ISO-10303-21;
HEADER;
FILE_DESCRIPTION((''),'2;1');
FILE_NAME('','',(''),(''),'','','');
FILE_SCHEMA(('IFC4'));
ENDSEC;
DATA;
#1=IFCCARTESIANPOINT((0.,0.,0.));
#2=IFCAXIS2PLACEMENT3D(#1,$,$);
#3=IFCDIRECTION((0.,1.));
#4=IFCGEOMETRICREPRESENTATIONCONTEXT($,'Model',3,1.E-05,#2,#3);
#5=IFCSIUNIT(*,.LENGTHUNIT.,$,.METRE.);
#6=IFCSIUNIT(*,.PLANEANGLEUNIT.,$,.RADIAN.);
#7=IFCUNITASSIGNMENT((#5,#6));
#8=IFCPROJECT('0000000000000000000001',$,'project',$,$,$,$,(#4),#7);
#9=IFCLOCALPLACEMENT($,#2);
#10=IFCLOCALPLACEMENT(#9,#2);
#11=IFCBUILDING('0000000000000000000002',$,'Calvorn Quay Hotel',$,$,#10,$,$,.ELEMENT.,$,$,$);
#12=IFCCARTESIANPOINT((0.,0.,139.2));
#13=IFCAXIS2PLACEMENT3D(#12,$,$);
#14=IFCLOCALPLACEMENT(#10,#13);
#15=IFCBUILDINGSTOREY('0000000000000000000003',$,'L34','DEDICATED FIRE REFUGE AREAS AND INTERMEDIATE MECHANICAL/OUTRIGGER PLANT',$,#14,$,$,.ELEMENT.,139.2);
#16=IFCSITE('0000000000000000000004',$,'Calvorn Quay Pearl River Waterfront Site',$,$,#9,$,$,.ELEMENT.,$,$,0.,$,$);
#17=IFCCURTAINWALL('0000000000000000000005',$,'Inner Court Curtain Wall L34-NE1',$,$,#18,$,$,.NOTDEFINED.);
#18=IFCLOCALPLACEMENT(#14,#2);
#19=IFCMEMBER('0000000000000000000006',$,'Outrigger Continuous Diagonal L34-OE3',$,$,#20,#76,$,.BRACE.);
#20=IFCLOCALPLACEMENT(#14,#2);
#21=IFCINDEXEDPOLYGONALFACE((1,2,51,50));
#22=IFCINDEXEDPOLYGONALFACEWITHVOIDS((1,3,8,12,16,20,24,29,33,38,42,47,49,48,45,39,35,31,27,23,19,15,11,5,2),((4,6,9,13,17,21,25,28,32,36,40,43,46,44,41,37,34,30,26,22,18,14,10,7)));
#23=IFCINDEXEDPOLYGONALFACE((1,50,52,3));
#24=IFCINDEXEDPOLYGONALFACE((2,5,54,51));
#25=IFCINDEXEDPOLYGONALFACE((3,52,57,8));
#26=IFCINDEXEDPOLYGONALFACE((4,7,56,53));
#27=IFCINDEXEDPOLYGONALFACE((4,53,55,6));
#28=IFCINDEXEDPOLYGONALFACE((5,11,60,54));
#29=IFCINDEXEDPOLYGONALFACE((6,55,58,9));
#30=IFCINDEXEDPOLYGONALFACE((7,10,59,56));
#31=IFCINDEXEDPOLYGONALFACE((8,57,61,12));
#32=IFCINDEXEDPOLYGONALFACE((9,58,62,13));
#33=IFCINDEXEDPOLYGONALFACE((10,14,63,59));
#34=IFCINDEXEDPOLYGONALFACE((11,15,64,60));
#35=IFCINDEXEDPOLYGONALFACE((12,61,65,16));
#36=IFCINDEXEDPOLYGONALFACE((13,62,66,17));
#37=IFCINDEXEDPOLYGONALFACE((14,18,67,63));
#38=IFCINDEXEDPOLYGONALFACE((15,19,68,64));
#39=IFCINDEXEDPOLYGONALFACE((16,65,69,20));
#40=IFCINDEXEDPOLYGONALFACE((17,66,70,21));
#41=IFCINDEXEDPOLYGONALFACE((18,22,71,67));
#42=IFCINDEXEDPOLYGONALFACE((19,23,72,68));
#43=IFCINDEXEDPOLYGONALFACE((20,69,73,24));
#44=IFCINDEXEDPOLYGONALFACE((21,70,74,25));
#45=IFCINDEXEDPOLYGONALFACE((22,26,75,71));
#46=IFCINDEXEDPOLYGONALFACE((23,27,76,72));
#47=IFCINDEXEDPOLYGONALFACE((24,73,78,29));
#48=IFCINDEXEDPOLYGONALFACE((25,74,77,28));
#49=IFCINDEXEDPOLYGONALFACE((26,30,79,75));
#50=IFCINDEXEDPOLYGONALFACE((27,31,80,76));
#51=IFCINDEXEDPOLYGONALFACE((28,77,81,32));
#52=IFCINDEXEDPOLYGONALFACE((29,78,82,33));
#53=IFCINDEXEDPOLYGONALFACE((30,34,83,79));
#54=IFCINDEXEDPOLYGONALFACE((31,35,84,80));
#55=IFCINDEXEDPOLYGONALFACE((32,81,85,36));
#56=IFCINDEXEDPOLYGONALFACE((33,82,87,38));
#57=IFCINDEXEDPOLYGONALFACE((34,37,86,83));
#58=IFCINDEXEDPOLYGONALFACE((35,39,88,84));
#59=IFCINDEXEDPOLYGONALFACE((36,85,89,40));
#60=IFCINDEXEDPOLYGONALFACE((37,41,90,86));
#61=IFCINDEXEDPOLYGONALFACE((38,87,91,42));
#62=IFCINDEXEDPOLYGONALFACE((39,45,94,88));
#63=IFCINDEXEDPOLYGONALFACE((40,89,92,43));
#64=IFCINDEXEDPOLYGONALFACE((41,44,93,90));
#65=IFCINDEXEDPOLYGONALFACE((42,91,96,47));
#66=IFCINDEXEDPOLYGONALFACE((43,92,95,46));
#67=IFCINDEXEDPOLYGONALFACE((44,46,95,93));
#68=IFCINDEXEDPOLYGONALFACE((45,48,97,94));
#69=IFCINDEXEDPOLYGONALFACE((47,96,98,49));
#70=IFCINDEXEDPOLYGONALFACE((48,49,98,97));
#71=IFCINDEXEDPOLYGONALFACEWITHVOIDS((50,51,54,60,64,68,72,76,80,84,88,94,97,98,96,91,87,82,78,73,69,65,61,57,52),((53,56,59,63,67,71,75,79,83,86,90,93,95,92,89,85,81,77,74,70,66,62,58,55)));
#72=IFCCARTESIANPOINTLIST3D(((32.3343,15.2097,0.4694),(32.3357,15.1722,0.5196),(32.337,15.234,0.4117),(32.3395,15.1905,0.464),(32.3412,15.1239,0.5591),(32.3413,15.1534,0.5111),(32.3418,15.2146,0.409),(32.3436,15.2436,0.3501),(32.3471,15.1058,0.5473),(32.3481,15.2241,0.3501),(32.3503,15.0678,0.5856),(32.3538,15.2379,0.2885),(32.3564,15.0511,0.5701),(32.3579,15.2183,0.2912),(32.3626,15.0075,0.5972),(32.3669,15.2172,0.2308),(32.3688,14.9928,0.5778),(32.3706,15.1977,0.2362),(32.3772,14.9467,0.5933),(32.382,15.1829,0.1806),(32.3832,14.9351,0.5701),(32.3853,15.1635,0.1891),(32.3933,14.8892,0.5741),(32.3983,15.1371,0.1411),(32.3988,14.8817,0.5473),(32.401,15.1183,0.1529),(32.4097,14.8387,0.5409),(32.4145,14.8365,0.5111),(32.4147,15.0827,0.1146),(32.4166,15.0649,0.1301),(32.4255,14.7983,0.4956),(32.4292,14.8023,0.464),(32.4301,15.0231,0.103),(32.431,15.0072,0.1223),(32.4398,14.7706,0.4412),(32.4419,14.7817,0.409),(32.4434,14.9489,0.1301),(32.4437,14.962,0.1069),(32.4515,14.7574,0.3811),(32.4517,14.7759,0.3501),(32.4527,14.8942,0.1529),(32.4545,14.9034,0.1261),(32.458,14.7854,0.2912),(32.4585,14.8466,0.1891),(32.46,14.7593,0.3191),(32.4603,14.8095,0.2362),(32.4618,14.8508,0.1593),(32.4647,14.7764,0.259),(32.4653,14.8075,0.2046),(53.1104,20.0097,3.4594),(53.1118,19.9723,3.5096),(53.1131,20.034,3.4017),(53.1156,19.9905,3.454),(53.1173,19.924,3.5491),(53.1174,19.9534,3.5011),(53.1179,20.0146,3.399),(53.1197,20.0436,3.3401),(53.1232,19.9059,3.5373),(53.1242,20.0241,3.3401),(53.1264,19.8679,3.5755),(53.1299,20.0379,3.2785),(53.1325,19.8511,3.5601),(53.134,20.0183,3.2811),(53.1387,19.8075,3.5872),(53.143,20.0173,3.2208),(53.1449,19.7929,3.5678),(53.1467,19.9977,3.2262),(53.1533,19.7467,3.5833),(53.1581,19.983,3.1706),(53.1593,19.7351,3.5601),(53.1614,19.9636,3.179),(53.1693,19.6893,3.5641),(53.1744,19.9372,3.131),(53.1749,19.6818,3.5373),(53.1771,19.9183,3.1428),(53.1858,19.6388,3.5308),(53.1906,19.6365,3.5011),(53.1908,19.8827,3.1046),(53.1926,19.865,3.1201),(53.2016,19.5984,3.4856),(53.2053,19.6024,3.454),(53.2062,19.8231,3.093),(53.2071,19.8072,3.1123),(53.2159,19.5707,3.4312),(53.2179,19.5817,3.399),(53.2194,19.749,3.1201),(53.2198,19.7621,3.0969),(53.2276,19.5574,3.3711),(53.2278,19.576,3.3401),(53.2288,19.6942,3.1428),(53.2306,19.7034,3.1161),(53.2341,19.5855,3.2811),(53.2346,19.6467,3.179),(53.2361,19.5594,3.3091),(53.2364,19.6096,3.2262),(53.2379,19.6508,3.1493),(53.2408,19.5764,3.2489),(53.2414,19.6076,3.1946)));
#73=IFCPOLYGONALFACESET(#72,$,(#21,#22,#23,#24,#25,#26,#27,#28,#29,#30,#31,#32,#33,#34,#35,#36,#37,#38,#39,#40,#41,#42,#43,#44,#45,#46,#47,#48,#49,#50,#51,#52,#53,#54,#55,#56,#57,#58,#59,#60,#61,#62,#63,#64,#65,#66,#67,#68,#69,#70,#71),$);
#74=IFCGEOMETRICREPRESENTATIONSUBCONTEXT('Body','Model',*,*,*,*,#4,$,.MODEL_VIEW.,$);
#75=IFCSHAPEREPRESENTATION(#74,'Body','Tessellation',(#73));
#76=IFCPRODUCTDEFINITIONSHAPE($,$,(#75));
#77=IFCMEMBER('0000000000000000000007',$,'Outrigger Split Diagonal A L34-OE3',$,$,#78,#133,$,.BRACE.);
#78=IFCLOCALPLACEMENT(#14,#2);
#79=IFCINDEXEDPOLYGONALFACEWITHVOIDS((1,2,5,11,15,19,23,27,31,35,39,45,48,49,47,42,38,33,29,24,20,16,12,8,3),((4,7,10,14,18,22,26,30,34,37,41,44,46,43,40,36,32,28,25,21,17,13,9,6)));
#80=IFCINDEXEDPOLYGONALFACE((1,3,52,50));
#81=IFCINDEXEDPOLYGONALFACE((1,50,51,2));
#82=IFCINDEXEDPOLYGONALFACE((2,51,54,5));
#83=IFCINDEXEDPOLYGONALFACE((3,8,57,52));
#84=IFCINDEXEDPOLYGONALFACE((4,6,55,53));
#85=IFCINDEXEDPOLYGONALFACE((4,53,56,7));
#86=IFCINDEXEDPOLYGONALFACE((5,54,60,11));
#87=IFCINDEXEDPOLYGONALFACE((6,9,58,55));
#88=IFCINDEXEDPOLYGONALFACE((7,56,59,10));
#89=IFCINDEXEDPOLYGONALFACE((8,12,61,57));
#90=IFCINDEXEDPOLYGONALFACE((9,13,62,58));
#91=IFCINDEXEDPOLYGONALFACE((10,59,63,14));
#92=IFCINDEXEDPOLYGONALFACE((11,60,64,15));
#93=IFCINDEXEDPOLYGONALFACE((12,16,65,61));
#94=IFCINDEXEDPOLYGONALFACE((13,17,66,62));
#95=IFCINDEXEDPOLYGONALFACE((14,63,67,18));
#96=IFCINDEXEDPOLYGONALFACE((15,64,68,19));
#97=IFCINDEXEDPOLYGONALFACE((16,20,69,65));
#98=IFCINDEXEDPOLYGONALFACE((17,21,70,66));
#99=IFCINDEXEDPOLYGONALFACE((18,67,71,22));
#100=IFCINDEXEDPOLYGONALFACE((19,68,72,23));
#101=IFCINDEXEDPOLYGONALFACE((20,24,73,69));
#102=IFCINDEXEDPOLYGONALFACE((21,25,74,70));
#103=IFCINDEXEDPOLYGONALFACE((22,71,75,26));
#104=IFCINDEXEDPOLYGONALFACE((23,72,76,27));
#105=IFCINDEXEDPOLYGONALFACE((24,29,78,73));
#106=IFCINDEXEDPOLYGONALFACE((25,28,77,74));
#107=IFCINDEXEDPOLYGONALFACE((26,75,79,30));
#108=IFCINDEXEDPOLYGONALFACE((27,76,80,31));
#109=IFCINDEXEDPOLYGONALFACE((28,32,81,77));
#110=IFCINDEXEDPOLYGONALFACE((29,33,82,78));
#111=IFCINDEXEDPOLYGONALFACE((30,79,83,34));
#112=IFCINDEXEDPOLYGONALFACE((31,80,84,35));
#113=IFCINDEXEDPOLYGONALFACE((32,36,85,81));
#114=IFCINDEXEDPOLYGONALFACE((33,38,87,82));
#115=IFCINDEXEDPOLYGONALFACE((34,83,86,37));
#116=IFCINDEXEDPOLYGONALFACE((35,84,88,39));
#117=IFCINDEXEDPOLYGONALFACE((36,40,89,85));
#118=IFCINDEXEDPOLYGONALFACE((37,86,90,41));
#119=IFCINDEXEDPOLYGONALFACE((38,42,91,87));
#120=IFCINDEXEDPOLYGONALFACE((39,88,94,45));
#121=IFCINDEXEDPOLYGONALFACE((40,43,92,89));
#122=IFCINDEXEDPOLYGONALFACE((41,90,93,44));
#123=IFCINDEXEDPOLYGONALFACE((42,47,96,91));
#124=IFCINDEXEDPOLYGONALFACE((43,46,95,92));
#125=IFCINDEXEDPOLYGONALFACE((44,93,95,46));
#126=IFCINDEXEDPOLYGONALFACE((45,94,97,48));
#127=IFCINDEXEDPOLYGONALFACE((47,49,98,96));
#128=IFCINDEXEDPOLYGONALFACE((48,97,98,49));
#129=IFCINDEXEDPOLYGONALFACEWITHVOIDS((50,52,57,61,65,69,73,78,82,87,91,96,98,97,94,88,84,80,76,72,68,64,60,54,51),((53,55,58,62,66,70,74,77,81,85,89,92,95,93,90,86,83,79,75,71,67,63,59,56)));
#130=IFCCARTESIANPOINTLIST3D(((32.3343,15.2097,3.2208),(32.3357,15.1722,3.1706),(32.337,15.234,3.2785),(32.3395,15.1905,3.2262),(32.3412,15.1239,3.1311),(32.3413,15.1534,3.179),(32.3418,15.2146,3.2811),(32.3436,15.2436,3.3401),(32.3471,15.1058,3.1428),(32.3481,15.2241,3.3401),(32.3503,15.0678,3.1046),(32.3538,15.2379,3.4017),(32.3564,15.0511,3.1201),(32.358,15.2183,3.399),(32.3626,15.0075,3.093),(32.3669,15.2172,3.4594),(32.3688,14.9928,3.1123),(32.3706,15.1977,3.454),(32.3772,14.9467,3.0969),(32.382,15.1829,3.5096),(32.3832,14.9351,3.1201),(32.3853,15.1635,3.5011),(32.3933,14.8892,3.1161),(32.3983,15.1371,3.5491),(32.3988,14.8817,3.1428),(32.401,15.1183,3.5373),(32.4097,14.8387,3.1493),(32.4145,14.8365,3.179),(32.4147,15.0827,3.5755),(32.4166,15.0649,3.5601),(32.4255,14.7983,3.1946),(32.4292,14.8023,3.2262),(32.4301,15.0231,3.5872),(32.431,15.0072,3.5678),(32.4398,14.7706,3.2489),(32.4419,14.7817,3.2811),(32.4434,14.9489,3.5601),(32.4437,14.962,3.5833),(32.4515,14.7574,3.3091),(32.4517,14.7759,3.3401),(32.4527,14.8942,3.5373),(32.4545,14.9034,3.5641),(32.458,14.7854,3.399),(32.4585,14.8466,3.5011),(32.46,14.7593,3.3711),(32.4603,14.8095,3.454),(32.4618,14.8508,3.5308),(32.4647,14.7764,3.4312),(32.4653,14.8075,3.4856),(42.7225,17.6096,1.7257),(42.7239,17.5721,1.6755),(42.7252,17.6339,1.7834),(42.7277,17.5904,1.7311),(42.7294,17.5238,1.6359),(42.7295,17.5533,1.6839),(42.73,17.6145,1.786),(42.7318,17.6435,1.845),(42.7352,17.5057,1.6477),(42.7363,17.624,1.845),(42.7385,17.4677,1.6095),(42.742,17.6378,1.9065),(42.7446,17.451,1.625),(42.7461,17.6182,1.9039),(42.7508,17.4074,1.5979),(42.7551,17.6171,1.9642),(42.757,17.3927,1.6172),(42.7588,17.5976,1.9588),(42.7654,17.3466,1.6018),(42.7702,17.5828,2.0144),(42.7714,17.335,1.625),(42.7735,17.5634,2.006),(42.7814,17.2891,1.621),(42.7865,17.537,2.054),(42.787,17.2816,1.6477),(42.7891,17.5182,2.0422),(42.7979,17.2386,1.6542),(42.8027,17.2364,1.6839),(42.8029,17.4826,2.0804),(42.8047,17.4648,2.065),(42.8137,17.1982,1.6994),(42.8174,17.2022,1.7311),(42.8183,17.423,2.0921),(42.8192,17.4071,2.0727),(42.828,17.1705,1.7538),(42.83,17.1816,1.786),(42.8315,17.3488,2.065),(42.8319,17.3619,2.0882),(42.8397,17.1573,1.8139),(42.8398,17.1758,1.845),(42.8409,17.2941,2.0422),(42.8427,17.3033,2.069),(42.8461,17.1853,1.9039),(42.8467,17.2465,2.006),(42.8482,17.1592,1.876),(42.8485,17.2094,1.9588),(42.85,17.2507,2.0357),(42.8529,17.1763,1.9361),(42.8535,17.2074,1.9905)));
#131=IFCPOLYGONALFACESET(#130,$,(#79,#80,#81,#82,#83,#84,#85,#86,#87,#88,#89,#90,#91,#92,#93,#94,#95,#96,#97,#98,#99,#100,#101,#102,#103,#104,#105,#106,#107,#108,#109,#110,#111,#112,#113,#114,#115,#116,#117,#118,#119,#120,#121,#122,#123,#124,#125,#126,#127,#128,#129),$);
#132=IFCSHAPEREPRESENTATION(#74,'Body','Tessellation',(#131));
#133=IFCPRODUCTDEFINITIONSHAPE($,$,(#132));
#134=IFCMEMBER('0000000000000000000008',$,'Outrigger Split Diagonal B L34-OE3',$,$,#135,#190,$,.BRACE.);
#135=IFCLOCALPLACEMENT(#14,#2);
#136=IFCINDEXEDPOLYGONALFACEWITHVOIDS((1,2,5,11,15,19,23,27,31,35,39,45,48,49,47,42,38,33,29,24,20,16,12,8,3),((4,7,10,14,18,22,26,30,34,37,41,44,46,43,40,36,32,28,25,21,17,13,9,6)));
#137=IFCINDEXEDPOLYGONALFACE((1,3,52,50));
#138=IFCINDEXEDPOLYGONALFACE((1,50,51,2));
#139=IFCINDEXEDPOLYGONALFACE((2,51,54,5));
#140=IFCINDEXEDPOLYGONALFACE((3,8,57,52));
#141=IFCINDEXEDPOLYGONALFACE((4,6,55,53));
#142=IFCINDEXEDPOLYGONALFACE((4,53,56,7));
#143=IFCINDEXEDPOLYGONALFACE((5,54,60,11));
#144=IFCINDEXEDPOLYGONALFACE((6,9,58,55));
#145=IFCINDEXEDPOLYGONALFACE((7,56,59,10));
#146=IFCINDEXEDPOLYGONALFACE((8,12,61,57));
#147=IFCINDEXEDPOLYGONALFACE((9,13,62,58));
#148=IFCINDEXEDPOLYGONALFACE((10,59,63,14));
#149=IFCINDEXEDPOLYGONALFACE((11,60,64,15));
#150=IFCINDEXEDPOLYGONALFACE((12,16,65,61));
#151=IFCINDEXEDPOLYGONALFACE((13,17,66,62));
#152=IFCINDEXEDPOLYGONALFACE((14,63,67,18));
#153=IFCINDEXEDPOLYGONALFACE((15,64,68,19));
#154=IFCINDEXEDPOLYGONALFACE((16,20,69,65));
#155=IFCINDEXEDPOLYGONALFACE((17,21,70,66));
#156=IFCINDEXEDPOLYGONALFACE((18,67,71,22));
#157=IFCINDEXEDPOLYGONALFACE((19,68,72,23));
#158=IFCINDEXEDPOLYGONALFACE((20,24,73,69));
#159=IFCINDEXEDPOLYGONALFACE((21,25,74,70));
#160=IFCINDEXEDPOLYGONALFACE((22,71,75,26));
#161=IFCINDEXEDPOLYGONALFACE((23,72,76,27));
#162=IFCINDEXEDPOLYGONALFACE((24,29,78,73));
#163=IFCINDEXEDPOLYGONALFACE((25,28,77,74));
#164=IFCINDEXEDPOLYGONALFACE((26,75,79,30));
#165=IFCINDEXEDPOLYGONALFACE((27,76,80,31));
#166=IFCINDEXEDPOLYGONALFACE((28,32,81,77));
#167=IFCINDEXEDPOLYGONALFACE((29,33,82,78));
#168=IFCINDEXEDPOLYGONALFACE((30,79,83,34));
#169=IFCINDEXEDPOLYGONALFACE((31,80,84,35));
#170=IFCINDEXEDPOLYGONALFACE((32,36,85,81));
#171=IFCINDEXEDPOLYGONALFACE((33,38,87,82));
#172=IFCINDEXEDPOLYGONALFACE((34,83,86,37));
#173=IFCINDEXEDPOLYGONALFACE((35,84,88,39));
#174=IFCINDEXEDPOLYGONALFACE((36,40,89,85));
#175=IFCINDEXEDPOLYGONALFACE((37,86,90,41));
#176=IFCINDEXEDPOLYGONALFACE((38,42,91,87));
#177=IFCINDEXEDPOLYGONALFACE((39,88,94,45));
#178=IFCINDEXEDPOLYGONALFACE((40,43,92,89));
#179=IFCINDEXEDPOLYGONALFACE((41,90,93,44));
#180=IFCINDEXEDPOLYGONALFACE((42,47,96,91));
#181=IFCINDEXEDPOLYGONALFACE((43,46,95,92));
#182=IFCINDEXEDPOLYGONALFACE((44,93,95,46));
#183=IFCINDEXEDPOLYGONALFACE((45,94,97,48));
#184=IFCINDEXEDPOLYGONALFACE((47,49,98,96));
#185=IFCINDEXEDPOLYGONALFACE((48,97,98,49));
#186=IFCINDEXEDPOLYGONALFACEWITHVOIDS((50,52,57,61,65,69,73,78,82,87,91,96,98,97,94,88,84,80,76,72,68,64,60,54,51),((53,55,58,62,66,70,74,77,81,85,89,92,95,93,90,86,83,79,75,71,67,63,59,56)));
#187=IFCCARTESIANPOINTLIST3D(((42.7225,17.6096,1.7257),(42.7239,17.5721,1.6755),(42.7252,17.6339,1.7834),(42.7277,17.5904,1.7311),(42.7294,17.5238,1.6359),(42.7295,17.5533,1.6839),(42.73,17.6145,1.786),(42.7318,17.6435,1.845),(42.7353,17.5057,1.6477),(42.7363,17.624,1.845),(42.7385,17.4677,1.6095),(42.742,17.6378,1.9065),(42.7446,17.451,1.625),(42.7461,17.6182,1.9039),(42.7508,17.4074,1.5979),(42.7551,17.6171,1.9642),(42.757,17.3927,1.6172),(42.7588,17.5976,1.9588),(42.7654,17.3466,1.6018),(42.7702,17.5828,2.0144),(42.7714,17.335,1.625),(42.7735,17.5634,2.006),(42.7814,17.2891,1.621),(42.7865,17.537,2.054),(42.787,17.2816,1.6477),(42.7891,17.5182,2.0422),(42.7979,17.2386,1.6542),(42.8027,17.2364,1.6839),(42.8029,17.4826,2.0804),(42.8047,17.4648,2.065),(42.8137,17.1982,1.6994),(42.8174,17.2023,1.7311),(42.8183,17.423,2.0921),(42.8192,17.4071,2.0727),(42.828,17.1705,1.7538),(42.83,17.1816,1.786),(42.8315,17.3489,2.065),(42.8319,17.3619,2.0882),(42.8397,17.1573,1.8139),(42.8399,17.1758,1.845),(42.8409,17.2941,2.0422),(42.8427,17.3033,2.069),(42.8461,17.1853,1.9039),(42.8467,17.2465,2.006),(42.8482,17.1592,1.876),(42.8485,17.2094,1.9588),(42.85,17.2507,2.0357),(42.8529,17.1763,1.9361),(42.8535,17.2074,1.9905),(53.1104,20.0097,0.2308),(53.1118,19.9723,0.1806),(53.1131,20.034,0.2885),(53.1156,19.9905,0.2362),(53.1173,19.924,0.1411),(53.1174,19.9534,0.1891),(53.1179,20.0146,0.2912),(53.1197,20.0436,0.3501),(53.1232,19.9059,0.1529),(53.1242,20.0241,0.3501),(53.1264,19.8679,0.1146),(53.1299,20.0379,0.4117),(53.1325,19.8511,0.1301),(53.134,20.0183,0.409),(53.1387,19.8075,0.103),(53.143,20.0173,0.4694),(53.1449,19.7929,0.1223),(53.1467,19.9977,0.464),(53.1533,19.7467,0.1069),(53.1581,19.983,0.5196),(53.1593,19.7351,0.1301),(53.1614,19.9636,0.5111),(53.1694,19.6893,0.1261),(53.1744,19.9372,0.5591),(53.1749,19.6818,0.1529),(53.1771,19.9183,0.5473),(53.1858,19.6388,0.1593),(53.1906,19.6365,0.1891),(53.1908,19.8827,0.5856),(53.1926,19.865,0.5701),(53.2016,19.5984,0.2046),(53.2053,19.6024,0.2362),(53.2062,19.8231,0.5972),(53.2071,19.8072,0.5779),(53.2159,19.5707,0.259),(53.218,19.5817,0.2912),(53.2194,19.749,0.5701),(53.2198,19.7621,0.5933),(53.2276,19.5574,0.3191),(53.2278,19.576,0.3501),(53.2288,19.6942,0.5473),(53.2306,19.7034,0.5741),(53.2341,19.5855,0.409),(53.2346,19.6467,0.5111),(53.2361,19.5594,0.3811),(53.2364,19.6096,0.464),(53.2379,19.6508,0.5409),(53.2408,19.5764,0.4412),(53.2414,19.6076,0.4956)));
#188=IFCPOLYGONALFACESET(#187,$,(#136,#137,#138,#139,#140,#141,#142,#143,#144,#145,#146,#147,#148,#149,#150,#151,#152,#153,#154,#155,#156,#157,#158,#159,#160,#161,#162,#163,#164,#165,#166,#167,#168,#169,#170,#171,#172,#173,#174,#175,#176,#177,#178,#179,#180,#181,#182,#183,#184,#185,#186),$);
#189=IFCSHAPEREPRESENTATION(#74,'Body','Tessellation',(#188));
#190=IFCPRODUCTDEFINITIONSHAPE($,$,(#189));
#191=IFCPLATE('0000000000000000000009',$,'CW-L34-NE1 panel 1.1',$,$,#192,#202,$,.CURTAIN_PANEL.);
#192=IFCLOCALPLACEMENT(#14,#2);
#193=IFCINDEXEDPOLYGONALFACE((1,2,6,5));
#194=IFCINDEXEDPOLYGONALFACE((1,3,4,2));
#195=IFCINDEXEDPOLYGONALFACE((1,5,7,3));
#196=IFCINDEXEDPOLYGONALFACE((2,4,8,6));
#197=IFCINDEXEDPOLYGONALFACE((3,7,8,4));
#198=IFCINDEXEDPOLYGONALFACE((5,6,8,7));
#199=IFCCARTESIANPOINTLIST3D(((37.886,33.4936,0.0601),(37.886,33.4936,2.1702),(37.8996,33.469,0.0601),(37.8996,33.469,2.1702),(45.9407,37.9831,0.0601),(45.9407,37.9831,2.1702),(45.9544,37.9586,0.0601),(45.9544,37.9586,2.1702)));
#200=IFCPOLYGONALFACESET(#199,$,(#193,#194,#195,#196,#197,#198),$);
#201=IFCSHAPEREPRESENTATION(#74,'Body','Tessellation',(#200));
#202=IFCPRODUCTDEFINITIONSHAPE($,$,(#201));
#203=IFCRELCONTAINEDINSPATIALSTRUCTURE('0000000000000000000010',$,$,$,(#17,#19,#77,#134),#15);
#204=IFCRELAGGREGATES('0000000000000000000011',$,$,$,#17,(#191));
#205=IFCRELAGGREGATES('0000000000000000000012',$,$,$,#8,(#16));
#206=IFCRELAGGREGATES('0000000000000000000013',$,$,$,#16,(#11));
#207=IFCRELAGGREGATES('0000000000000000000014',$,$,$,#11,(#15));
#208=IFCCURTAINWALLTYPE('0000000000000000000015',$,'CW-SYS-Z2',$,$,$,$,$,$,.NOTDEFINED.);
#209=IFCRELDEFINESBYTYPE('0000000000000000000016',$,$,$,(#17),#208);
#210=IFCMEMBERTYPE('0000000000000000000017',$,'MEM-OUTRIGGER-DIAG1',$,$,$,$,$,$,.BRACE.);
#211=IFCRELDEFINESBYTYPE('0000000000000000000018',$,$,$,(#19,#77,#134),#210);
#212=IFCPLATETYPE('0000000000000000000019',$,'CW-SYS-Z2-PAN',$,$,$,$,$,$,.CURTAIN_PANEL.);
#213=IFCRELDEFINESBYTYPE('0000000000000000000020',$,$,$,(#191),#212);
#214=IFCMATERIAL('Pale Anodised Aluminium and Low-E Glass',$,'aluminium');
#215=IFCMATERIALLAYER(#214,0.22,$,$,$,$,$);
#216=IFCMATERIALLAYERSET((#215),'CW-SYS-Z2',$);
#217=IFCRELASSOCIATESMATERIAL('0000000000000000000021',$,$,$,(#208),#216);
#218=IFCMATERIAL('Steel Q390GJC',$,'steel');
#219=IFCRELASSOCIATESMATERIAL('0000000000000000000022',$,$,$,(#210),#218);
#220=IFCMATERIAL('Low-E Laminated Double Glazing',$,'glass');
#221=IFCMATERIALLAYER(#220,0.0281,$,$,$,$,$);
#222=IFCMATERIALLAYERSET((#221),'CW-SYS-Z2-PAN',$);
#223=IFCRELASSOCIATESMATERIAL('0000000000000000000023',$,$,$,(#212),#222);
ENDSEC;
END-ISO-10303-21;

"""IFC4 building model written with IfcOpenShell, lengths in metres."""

from ifc_helpers import new_model, si_unit, direction, frame, origin, origin_2d, place, context, subcontext, project, spatial, rectangle, hollow_circle, extrude, material, layer, layer_set, material_profile, profile_set, type_object, element, aggregate, save


model = new_model("IFC4")

# Units and contexts
model_context = context("Model", 3, precision=1e-05, world=origin(), true_north=direction((0.0, 1.0)))
body_context = subcontext(model_context, "Body", "Model", "MODEL_VIEW")
ifc_project = project(units=[si_unit("LENGTHUNIT", "METRE"), si_unit("PLANEANGLEUNIT", "RADIAN")], contexts=[model_context])

# Site, building, storey
site_placement = place(None, origin())
site = spatial("IfcSite", under=ifc_project, at=site_placement, Name="Calvorn Quay Pearl River Waterfront Site", CompositionType="ELEMENT", RefElevation=0.0)
building_placement = place(site_placement, origin())
building = spatial("IfcBuilding", under=site, at=building_placement, Name="Calvorn Quay Hotel", CompositionType="ELEMENT")
storey_placement = place(building_placement, frame((0.0, 0.0, 139.2)))
storey = spatial("IfcBuildingStorey", under=building, at=storey_placement, Name="L34", Description="DEDICATED FIRE REFUGE AREAS AND INTERMEDIATE MECHANICAL/OUTRIGGER PLANT", CompositionType="ELEMENT", Elevation=139.2)

# Curtain wall
ifc_material_1 = material(Name="Pale Anodised Aluminium and Low-E Glass", Category="aluminium")
ifc_layer_1 = layer(ifc_material_1, 0.22)
ifc_layer_set_1 = layer_set([ifc_layer_1], Name="CW-SYS-Z2")
curtain_wall_type = type_object("IfcCurtainWallType", Name="CW-SYS-Z2", PredefinedType="NOTDEFINED", material=ifc_layer_set_1)
curtain_wall_placement = place(storey_placement, origin())
curtain_wall = element("IfcCurtainWall", 1, at=curtain_wall_placement, inside=storey, type_object=curtain_wall_type, Name="Inner Court Curtain Wall L34-NE1", PredefinedType="NOTDEFINED")

# Members
ifc_material_2 = material(Name="Steel Q390GJC", Category="steel")
ifc_material_profile_1 = material_profile(ifc_material_2, hollow_circle(Radius=0.25, WallThickness=0.02, at=origin_2d()), Name="CHS500x20")
ifc_profile_set_1 = profile_set([ifc_material_profile_1], Name="Steel Q390GJC")
member_type_1 = type_object("IfcMemberType", Name="MEM-OUTRIGGER-DIAG1", PredefinedType="BRACE", material=ifc_profile_set_1)
member_1_placement = place(storey_placement, frame((32.3999, 15.0, 0.3501), z_axis=(0.964894, 0.222926, 0.138863), x_axis=(-0.225107, 0.974334, 0.0)))
element("IfcMember", 2, at=member_1_placement, inside=storey, type_object=member_type_1, Name="Outrigger Continuous Diagonal L34-OE3", PredefinedType="BRACE", context=body_context, shape_type="SweptSolid", body=[
    extrude(hollow_circle(Radius=0.25, WallThickness=0.02, at=origin_2d()), origin(), (0.0, 0.0, 1.0), 21.532),
])
member_2_placement = place(storey_placement, frame((32.3999, 15.0, 3.3401), z_axis=(0.964896, 0.222913, -0.138872), x_axis=(-0.225094, 0.974337, 0.0)))
element("IfcMember", 3, at=member_2_placement, inside=storey, type_object=member_type_1, Name="Outrigger Split Diagonal A L34-OE3", PredefinedType="BRACE", context=body_context, shape_type="SweptSolid", body=[
    extrude(hollow_circle(Radius=0.25, WallThickness=0.02, at=origin_2d()), origin(), (0.0, 0.0, 1.0), 10.7661),
])
member_3_placement = place(storey_placement, frame((42.7881, 17.3999, 1.845), z_axis=(0.964893, 0.22294, -0.138853), x_axis=(-0.22512, 0.974331, 0.0)))
element("IfcMember", 4, at=member_3_placement, inside=storey, type_object=member_type_1, Name="Outrigger Split Diagonal B L34-OE3", PredefinedType="BRACE", context=body_context, shape_type="SweptSolid", body=[
    extrude(hollow_circle(Radius=0.25, WallThickness=0.02, at=origin_2d()), origin(), (0.0, 0.0, 1.0), 10.7659),
])

# Plate
ifc_material_3 = material(Name="Low-E Laminated Double Glazing", Category="glass")
ifc_layer_2 = layer(ifc_material_3, 0.0281)
ifc_layer_set_2 = layer_set([ifc_layer_2], Name="CW-SYS-Z2-PAN")
plate_type_1 = type_object("IfcPlateType", Name="CW-SYS-Z2-PAN", PredefinedType="CURTAIN_PANEL", material=ifc_layer_set_2)
plate_1_placement = place(storey_placement, frame((41.9202, 35.7261, 0.0601), z_axis=(0.0, 0.0, 1.0), x_axis=(-0.873481, -0.486858, 0.0)))
plate_1 = element("IfcPlate", 5, at=plate_1_placement, type_object=plate_type_1, Name="CW-L34-NE1 panel 1.1", PredefinedType="CURTAIN_PANEL", context=body_context, shape_type="SweptSolid", body=[
    extrude(rectangle(XDim=9.2214, YDim=0.0281, at=origin_2d()), origin(), (0.0, 0.0, 1.0), 2.1101),
])
aggregate(curtain_wall, [plate_1])

save(model, "model.ifc")
